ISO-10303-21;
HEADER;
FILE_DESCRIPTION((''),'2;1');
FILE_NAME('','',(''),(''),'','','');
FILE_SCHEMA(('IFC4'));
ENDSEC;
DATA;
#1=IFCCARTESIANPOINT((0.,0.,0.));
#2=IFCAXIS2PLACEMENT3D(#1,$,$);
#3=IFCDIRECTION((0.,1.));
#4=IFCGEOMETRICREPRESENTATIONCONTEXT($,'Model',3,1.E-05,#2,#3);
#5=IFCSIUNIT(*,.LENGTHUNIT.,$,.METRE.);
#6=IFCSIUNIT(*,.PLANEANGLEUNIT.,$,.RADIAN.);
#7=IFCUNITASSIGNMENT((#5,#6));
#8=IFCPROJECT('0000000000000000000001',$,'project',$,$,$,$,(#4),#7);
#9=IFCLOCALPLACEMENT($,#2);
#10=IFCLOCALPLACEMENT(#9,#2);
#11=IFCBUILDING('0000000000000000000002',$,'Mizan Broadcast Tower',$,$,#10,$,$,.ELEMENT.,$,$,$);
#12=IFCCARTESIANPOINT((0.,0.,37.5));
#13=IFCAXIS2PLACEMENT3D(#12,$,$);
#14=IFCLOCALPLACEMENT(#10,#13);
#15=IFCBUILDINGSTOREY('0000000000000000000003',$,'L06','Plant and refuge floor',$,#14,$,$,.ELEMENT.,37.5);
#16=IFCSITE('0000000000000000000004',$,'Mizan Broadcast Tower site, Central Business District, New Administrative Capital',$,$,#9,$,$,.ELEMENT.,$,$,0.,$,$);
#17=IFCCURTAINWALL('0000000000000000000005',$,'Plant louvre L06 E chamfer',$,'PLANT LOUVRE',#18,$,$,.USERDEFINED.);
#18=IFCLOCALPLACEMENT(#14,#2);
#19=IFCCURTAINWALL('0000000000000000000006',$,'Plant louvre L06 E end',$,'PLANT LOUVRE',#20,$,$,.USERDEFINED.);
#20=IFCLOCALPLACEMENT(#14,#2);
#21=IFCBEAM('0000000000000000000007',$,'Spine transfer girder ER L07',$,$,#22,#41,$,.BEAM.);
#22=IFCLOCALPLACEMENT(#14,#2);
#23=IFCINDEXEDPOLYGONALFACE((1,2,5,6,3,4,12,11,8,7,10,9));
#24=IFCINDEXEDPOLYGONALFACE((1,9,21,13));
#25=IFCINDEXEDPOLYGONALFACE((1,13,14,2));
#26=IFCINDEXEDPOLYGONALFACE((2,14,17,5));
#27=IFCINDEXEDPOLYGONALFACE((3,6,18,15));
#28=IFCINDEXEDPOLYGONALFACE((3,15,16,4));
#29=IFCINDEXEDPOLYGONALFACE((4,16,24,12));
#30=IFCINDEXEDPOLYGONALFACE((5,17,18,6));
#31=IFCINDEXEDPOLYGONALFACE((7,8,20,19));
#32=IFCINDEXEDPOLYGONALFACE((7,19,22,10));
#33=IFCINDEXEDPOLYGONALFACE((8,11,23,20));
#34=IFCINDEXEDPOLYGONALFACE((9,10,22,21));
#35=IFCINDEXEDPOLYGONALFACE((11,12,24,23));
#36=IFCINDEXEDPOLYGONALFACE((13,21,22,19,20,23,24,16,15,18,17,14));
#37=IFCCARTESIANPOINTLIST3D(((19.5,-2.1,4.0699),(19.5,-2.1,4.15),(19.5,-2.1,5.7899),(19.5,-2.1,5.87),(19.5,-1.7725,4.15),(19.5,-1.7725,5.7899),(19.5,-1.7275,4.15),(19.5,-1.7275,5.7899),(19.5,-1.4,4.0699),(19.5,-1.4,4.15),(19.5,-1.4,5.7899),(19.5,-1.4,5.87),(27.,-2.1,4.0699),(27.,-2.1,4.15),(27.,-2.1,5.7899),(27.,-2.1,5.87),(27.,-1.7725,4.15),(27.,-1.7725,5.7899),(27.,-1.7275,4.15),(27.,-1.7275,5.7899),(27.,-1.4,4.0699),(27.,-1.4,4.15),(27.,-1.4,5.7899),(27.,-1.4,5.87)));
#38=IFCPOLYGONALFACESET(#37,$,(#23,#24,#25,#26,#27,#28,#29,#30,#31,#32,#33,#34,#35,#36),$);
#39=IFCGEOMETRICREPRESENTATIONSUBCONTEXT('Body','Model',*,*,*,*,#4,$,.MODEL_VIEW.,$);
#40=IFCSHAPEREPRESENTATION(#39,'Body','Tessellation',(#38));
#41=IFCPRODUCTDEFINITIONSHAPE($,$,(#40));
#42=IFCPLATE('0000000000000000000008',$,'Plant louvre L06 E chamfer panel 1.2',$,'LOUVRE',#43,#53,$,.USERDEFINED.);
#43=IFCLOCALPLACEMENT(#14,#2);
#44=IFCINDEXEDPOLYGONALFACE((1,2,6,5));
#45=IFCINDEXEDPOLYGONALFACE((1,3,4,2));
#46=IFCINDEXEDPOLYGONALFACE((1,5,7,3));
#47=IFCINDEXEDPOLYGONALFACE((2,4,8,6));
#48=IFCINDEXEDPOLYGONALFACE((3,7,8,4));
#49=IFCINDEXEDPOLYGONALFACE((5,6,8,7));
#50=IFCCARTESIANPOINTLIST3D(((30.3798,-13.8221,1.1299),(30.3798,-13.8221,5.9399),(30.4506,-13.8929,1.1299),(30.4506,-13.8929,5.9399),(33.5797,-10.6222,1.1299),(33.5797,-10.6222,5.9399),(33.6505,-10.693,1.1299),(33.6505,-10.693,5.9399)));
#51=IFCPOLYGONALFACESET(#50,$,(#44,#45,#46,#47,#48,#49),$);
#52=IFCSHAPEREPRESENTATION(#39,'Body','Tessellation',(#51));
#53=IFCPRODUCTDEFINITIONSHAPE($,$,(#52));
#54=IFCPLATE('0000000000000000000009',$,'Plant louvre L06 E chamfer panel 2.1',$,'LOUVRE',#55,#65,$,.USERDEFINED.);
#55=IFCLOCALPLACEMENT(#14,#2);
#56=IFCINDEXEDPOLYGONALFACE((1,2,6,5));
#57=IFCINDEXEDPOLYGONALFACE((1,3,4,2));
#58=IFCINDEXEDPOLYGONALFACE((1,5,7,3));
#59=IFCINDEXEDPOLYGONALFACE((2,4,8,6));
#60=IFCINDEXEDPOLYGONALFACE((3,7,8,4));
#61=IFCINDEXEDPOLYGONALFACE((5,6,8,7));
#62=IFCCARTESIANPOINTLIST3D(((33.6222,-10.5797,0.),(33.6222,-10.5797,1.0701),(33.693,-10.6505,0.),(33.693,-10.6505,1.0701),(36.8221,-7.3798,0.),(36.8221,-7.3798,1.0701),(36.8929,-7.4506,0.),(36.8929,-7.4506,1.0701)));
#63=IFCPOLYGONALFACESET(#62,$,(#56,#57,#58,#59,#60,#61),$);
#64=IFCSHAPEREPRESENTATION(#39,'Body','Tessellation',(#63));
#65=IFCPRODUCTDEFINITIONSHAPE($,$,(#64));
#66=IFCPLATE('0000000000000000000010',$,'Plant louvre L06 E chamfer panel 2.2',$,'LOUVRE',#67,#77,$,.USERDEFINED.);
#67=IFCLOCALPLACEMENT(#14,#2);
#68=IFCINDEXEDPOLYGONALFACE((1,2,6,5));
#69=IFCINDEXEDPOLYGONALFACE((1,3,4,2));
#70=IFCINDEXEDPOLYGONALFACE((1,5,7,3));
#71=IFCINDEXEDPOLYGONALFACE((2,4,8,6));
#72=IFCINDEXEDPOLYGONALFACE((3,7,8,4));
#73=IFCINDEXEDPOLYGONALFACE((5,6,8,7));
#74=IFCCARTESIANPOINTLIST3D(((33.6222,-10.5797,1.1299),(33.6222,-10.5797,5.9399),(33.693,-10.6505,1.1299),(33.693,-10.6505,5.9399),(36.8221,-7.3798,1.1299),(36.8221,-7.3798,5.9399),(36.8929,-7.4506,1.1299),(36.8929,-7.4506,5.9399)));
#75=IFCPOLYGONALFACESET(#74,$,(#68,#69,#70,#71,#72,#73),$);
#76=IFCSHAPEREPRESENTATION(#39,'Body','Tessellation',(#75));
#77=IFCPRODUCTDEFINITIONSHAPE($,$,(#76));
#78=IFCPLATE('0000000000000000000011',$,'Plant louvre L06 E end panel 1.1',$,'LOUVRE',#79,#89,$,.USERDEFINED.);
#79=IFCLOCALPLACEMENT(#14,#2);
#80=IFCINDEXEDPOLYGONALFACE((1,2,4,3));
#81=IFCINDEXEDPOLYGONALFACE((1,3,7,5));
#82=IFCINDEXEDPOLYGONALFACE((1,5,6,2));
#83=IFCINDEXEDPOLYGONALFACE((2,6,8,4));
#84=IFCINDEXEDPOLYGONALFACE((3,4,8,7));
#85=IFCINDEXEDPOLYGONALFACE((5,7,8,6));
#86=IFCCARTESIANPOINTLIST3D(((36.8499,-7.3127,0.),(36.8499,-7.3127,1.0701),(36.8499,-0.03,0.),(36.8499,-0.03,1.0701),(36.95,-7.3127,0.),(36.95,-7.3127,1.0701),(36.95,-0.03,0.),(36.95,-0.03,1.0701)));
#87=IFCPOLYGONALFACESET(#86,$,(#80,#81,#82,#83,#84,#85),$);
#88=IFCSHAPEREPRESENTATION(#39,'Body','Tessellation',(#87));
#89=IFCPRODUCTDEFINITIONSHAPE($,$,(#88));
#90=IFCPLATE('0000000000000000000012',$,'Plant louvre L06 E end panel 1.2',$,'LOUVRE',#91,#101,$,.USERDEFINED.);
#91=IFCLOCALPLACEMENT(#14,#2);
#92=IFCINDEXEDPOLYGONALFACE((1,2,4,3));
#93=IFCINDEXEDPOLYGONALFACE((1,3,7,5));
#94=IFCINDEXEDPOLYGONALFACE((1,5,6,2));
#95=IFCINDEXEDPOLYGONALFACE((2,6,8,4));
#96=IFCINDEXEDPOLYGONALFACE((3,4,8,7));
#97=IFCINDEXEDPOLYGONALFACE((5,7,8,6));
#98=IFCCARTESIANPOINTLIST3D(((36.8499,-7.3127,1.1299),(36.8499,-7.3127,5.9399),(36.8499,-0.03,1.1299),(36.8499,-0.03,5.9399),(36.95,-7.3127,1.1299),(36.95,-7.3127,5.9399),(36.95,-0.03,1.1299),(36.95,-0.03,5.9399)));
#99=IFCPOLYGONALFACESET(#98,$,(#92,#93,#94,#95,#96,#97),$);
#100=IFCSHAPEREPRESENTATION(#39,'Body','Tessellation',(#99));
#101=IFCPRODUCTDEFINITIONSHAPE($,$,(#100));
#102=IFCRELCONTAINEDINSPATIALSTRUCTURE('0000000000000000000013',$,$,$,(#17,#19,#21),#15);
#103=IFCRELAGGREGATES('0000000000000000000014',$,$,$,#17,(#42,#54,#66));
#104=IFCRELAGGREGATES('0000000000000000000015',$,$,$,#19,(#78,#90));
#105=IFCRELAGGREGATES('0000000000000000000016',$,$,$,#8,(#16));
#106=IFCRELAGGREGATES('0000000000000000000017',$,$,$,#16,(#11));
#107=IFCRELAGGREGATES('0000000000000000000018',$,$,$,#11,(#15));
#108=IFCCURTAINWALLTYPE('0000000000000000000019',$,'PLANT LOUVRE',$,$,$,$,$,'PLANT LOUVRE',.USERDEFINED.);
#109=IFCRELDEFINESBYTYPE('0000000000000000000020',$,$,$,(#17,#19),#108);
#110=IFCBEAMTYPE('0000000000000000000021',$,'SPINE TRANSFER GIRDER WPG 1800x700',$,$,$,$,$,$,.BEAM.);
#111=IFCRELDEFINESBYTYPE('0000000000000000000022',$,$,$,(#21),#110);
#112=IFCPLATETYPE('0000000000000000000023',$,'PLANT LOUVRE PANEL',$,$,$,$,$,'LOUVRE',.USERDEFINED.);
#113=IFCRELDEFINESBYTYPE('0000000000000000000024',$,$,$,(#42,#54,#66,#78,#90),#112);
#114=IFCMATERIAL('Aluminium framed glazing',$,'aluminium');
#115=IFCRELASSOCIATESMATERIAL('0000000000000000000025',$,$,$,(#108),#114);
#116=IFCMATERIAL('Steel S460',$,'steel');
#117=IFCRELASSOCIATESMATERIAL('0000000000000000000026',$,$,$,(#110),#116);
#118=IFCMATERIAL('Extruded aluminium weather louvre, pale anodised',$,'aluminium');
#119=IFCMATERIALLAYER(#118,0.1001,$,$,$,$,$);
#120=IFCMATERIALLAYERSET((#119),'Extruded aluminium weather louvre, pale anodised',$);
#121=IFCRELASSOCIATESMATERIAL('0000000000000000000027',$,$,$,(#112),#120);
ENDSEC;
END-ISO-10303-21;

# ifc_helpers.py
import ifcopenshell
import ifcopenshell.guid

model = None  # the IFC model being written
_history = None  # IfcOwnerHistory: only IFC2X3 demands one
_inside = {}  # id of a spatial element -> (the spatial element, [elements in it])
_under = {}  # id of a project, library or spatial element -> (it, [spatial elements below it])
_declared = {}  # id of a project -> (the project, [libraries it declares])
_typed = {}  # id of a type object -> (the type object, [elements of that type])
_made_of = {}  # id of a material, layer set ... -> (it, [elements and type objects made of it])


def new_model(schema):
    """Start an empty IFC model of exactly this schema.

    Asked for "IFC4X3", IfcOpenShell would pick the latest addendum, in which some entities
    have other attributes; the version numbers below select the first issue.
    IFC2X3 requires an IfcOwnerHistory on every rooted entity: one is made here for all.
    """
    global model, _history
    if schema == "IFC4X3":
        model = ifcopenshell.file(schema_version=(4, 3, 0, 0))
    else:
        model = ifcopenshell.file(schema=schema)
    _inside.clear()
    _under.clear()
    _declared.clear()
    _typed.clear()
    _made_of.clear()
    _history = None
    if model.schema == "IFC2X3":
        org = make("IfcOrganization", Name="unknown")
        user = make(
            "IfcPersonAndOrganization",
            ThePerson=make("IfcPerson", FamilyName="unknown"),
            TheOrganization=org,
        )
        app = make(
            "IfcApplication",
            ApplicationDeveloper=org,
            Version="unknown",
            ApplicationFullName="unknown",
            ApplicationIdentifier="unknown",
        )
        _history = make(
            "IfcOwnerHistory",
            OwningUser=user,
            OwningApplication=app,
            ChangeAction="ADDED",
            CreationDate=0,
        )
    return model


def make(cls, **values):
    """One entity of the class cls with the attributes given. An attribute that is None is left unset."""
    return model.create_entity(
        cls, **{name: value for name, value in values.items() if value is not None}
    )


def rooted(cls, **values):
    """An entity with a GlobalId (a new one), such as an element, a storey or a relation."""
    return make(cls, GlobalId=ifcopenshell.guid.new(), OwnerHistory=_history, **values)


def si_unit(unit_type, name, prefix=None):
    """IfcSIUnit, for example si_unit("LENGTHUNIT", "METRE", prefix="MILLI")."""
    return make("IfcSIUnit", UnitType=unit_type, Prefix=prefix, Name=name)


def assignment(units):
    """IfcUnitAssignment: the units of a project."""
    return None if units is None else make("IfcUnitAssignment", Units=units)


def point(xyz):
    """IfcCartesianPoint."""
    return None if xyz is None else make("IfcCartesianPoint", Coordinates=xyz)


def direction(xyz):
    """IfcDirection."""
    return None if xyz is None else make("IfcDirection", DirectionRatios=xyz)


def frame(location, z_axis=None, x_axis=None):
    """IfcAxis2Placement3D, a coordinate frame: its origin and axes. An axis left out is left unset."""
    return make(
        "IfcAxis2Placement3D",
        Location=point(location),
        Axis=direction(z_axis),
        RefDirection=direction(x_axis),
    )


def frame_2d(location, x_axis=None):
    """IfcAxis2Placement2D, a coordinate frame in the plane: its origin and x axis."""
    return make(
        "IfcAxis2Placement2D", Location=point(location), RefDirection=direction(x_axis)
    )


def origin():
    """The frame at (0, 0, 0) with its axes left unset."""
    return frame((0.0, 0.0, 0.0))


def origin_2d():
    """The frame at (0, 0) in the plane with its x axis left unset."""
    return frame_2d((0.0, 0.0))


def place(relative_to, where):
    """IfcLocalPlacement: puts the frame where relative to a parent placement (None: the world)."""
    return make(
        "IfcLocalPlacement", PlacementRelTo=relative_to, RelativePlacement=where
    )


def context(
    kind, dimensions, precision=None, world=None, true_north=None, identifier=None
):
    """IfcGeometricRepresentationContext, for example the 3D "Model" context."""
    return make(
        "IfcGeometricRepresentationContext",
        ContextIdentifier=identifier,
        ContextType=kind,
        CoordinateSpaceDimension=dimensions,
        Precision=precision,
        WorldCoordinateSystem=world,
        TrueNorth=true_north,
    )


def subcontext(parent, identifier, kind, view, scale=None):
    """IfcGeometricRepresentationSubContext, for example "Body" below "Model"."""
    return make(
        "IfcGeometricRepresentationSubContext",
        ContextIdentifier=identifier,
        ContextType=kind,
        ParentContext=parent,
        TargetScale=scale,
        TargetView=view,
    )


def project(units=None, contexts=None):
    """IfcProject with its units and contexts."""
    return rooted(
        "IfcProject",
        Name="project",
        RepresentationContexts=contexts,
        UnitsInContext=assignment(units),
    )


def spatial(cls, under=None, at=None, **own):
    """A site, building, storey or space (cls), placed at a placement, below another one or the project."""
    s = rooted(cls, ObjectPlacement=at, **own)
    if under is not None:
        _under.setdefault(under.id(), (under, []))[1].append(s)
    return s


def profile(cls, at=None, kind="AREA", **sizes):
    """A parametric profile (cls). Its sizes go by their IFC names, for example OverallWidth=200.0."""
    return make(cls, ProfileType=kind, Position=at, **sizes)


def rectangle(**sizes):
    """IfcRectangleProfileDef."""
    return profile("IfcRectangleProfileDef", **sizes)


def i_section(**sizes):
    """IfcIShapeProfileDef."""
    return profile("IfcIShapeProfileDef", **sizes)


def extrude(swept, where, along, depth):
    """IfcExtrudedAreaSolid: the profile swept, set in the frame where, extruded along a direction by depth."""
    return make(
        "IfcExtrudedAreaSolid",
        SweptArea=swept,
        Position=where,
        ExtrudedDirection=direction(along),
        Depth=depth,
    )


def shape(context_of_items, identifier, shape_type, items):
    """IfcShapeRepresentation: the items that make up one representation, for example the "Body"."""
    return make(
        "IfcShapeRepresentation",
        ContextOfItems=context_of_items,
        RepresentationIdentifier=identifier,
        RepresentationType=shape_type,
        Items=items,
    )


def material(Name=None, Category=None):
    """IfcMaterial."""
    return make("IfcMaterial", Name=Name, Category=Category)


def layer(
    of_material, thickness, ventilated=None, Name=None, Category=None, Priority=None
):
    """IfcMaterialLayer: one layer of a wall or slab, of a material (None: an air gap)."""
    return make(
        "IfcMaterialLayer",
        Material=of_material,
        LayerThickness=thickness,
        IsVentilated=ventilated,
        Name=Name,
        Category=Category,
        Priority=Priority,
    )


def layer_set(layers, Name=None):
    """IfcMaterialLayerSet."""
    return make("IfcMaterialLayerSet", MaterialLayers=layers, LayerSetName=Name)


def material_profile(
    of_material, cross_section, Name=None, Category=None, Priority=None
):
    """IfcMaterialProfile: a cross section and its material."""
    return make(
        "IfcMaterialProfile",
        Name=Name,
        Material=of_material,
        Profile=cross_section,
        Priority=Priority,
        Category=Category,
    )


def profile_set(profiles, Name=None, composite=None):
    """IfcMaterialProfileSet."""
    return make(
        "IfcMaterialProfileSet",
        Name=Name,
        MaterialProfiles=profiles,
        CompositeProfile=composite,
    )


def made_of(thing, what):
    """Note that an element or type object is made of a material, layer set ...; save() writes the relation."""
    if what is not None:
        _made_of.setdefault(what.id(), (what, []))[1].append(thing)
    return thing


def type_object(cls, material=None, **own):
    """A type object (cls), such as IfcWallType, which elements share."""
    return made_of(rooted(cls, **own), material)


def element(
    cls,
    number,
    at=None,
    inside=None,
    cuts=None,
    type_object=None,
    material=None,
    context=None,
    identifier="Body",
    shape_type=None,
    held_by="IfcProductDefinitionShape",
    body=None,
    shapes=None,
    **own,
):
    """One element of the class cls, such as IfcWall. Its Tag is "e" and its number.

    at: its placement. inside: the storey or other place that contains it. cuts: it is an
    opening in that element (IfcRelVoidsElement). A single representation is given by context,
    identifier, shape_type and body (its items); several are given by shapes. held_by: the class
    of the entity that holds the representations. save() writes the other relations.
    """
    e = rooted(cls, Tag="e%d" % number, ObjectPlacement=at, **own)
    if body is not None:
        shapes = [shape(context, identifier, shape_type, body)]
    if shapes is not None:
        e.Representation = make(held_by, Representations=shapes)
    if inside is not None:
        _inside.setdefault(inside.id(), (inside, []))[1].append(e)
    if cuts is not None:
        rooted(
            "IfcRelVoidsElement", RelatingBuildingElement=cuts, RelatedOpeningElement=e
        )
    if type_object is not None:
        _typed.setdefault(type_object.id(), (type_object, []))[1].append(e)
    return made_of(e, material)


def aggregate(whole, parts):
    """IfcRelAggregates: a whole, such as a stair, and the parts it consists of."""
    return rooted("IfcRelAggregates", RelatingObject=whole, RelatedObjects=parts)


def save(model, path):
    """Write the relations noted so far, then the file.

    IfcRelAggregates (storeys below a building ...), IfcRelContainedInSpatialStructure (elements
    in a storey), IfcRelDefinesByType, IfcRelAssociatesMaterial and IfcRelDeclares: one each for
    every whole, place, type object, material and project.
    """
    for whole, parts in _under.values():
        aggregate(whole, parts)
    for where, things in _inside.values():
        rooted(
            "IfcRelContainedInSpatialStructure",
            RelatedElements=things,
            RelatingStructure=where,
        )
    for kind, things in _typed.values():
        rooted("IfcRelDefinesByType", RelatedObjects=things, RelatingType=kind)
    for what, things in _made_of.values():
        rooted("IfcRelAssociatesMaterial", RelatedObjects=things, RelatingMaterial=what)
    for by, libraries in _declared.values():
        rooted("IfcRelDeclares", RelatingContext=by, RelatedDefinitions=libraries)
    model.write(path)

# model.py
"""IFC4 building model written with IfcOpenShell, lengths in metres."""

from ifc_helpers import new_model, si_unit, direction, frame, origin, origin_2d, place, context, subcontext, project, spatial, rectangle, i_section, extrude, material, layer, layer_set, material_profile, profile_set, type_object, element, aggregate, save


model = new_model("IFC4")

# Units and contexts
model_context = context("Model", 3, precision=1e-05, world=origin(), true_north=direction((0.0, 1.0)))
body_context = subcontext(model_context, "Body", "Model", "MODEL_VIEW")
ifc_project = project(units=[si_unit("LENGTHUNIT", "METRE"), si_unit("PLANEANGLEUNIT", "RADIAN")], contexts=[model_context])

# Site, building, storey
site_placement = place(None, origin())
site = spatial("IfcSite", under=ifc_project, at=site_placement, Name="Mizan Broadcast Tower site, Central Business District, New Administrative Capital", CompositionType="ELEMENT", RefElevation=0.0)
building_placement = place(site_placement, origin())
building = spatial("IfcBuilding", under=site, at=building_placement, Name="Mizan Broadcast Tower", CompositionType="ELEMENT")
storey_placement = place(building_placement, frame((0.0, 0.0, 37.5)))
storey = spatial("IfcBuildingStorey", under=building, at=storey_placement, Name="L06", Description="Plant and refuge floor", CompositionType="ELEMENT", Elevation=37.5)

# Curtain walls
ifc_material_1 = material(Name="Aluminium framed glazing", Category="aluminium")
curtain_wall_type = type_object("IfcCurtainWallType", Name="PLANT LOUVRE", ElementType="PLANT LOUVRE", PredefinedType="USERDEFINED", material=ifc_material_1)
curtain_wall_1_placement = place(storey_placement, origin())
curtain_wall_1 = element("IfcCurtainWall", 1, at=curtain_wall_1_placement, inside=storey, type_object=curtain_wall_type, Name="Plant louvre L06 E chamfer", ObjectType="PLANT LOUVRE", PredefinedType="USERDEFINED")
curtain_wall_2_placement = place(storey_placement, origin())
curtain_wall_2 = element("IfcCurtainWall", 2, at=curtain_wall_2_placement, inside=storey, type_object=curtain_wall_type, Name="Plant louvre L06 E end", ObjectType="PLANT LOUVRE", PredefinedType="USERDEFINED")

# Beam
ifc_material_2 = material(Name="Steel S460", Category="steel")
ifc_material_profile_1 = material_profile(ifc_material_2, i_section(OverallWidth=0.7, OverallDepth=1.8, WebThickness=0.0449, FlangeThickness=0.0801, at=origin_2d()), Name="WPG 1800x700")
ifc_profile_set_1 = profile_set([ifc_material_profile_1], Name="Steel S460")
beam_type_1 = type_object("IfcBeamType", Name="SPINE TRANSFER GIRDER WPG 1800x700", PredefinedType="BEAM", material=ifc_profile_set_1)
beam_1_placement = place(storey_placement, frame((19.5, -1.75, 4.97), z_axis=(1.0, 0.0, 0.0), x_axis=(0.0, 1.0, 0.0)))
element("IfcBeam", 3, at=beam_1_placement, inside=storey, type_object=beam_type_1, Name="Spine transfer girder ER L07", PredefinedType="BEAM", context=body_context, shape_type="SweptSolid", body=[
    extrude(i_section(OverallWidth=0.7, OverallDepth=1.8, WebThickness=0.0449, FlangeThickness=0.0801, at=origin_2d()), origin(), (0.0, 0.0, 1.0), 7.5),
])

# Plates
ifc_material_3 = material(Name="Extruded aluminium weather louvre, pale anodised", Category="aluminium")
ifc_layer = layer(ifc_material_3, 0.1001)
ifc_layer_set = layer_set([ifc_layer], Name="Extruded aluminium weather louvre, pale anodised")
plate_type = type_object("IfcPlateType", Name="PLANT LOUVRE PANEL", ElementType="LOUVRE", PredefinedType="USERDEFINED", material=ifc_layer_set)
plate_1_placement = place(storey_placement, frame((32.0151, -12.2576, 1.1299), z_axis=(0.0, 0.0, 1.0), x_axis=(0.707107, 0.707107, 0.0)))
plate_1 = element("IfcPlate", 4, at=plate_1_placement, type_object=plate_type, Name="Plant louvre L06 E chamfer panel 1.2", ObjectType="LOUVRE", PredefinedType="USERDEFINED", context=body_context, shape_type="SweptSolid", body=[
    extrude(rectangle(XDim=4.5254, YDim=0.1001, at=origin_2d()), origin(), (0.0, 0.0, 1.0), 4.8101),
])
plate_2_placement = place(storey_placement, frame((35.2576, -9.0151, 0.0), z_axis=(0.0, 0.0, 1.0), x_axis=(0.707107, 0.707107, 0.0)))
plate_2 = element("IfcPlate", 5, at=plate_2_placement, type_object=plate_type, Name="Plant louvre L06 E chamfer panel 2.1", ObjectType="LOUVRE", PredefinedType="USERDEFINED", context=body_context, shape_type="SweptSolid", body=[
    extrude(rectangle(XDim=4.5254, YDim=0.1001, at=origin_2d()), origin(), (0.0, 0.0, 1.0), 1.0701),
])
plate_3_placement = place(storey_placement, frame((35.2576, -9.0151, 1.1299), z_axis=(0.0, 0.0, 1.0), x_axis=(0.707107, 0.707107, 0.0)))
plate_3 = element("IfcPlate", 6, at=plate_3_placement, type_object=plate_type, Name="Plant louvre L06 E chamfer panel 2.2", ObjectType="LOUVRE", PredefinedType="USERDEFINED", context=body_context, shape_type="SweptSolid", body=[
    extrude(rectangle(XDim=4.5254, YDim=0.1001, at=origin_2d()), origin(), (0.0, 0.0, 1.0), 4.8101),
])
aggregate(curtain_wall_1, [plate_1, plate_2, plate_3])
plate_4_placement = place(storey_placement, frame((36.8999, -3.6714, 0.0), z_axis=(0.0, 0.0, 1.0), x_axis=(0.0, 1.0, 0.0)))
plate_4 = element("IfcPlate", 7, at=plate_4_placement, type_object=plate_type, Name="Plant louvre L06 E end panel 1.1", ObjectType="LOUVRE", PredefinedType="USERDEFINED", context=body_context, shape_type="SweptSolid", body=[
    extrude(rectangle(XDim=7.2827, YDim=0.1001, at=origin_2d()), origin(), (0.0, 0.0, 1.0), 1.0701),
])
plate_5_placement = place(storey_placement, frame((36.8999, -3.6714, 1.1299), z_axis=(0.0, 0.0, 1.0), x_axis=(0.0, 1.0, 0.0)))
plate_5 = element("IfcPlate", 8, at=plate_5_placement, type_object=plate_type, Name="Plant louvre L06 E end panel 1.2", ObjectType="LOUVRE", PredefinedType="USERDEFINED", context=body_context, shape_type="SweptSolid", body=[
    extrude(rectangle(XDim=7.2827, YDim=0.1001, at=origin_2d()), origin(), (0.0, 0.0, 1.0), 4.8101),
])
aggregate(curtain_wall_2, [plate_4, plate_5])

save(model, "model.ifc")
